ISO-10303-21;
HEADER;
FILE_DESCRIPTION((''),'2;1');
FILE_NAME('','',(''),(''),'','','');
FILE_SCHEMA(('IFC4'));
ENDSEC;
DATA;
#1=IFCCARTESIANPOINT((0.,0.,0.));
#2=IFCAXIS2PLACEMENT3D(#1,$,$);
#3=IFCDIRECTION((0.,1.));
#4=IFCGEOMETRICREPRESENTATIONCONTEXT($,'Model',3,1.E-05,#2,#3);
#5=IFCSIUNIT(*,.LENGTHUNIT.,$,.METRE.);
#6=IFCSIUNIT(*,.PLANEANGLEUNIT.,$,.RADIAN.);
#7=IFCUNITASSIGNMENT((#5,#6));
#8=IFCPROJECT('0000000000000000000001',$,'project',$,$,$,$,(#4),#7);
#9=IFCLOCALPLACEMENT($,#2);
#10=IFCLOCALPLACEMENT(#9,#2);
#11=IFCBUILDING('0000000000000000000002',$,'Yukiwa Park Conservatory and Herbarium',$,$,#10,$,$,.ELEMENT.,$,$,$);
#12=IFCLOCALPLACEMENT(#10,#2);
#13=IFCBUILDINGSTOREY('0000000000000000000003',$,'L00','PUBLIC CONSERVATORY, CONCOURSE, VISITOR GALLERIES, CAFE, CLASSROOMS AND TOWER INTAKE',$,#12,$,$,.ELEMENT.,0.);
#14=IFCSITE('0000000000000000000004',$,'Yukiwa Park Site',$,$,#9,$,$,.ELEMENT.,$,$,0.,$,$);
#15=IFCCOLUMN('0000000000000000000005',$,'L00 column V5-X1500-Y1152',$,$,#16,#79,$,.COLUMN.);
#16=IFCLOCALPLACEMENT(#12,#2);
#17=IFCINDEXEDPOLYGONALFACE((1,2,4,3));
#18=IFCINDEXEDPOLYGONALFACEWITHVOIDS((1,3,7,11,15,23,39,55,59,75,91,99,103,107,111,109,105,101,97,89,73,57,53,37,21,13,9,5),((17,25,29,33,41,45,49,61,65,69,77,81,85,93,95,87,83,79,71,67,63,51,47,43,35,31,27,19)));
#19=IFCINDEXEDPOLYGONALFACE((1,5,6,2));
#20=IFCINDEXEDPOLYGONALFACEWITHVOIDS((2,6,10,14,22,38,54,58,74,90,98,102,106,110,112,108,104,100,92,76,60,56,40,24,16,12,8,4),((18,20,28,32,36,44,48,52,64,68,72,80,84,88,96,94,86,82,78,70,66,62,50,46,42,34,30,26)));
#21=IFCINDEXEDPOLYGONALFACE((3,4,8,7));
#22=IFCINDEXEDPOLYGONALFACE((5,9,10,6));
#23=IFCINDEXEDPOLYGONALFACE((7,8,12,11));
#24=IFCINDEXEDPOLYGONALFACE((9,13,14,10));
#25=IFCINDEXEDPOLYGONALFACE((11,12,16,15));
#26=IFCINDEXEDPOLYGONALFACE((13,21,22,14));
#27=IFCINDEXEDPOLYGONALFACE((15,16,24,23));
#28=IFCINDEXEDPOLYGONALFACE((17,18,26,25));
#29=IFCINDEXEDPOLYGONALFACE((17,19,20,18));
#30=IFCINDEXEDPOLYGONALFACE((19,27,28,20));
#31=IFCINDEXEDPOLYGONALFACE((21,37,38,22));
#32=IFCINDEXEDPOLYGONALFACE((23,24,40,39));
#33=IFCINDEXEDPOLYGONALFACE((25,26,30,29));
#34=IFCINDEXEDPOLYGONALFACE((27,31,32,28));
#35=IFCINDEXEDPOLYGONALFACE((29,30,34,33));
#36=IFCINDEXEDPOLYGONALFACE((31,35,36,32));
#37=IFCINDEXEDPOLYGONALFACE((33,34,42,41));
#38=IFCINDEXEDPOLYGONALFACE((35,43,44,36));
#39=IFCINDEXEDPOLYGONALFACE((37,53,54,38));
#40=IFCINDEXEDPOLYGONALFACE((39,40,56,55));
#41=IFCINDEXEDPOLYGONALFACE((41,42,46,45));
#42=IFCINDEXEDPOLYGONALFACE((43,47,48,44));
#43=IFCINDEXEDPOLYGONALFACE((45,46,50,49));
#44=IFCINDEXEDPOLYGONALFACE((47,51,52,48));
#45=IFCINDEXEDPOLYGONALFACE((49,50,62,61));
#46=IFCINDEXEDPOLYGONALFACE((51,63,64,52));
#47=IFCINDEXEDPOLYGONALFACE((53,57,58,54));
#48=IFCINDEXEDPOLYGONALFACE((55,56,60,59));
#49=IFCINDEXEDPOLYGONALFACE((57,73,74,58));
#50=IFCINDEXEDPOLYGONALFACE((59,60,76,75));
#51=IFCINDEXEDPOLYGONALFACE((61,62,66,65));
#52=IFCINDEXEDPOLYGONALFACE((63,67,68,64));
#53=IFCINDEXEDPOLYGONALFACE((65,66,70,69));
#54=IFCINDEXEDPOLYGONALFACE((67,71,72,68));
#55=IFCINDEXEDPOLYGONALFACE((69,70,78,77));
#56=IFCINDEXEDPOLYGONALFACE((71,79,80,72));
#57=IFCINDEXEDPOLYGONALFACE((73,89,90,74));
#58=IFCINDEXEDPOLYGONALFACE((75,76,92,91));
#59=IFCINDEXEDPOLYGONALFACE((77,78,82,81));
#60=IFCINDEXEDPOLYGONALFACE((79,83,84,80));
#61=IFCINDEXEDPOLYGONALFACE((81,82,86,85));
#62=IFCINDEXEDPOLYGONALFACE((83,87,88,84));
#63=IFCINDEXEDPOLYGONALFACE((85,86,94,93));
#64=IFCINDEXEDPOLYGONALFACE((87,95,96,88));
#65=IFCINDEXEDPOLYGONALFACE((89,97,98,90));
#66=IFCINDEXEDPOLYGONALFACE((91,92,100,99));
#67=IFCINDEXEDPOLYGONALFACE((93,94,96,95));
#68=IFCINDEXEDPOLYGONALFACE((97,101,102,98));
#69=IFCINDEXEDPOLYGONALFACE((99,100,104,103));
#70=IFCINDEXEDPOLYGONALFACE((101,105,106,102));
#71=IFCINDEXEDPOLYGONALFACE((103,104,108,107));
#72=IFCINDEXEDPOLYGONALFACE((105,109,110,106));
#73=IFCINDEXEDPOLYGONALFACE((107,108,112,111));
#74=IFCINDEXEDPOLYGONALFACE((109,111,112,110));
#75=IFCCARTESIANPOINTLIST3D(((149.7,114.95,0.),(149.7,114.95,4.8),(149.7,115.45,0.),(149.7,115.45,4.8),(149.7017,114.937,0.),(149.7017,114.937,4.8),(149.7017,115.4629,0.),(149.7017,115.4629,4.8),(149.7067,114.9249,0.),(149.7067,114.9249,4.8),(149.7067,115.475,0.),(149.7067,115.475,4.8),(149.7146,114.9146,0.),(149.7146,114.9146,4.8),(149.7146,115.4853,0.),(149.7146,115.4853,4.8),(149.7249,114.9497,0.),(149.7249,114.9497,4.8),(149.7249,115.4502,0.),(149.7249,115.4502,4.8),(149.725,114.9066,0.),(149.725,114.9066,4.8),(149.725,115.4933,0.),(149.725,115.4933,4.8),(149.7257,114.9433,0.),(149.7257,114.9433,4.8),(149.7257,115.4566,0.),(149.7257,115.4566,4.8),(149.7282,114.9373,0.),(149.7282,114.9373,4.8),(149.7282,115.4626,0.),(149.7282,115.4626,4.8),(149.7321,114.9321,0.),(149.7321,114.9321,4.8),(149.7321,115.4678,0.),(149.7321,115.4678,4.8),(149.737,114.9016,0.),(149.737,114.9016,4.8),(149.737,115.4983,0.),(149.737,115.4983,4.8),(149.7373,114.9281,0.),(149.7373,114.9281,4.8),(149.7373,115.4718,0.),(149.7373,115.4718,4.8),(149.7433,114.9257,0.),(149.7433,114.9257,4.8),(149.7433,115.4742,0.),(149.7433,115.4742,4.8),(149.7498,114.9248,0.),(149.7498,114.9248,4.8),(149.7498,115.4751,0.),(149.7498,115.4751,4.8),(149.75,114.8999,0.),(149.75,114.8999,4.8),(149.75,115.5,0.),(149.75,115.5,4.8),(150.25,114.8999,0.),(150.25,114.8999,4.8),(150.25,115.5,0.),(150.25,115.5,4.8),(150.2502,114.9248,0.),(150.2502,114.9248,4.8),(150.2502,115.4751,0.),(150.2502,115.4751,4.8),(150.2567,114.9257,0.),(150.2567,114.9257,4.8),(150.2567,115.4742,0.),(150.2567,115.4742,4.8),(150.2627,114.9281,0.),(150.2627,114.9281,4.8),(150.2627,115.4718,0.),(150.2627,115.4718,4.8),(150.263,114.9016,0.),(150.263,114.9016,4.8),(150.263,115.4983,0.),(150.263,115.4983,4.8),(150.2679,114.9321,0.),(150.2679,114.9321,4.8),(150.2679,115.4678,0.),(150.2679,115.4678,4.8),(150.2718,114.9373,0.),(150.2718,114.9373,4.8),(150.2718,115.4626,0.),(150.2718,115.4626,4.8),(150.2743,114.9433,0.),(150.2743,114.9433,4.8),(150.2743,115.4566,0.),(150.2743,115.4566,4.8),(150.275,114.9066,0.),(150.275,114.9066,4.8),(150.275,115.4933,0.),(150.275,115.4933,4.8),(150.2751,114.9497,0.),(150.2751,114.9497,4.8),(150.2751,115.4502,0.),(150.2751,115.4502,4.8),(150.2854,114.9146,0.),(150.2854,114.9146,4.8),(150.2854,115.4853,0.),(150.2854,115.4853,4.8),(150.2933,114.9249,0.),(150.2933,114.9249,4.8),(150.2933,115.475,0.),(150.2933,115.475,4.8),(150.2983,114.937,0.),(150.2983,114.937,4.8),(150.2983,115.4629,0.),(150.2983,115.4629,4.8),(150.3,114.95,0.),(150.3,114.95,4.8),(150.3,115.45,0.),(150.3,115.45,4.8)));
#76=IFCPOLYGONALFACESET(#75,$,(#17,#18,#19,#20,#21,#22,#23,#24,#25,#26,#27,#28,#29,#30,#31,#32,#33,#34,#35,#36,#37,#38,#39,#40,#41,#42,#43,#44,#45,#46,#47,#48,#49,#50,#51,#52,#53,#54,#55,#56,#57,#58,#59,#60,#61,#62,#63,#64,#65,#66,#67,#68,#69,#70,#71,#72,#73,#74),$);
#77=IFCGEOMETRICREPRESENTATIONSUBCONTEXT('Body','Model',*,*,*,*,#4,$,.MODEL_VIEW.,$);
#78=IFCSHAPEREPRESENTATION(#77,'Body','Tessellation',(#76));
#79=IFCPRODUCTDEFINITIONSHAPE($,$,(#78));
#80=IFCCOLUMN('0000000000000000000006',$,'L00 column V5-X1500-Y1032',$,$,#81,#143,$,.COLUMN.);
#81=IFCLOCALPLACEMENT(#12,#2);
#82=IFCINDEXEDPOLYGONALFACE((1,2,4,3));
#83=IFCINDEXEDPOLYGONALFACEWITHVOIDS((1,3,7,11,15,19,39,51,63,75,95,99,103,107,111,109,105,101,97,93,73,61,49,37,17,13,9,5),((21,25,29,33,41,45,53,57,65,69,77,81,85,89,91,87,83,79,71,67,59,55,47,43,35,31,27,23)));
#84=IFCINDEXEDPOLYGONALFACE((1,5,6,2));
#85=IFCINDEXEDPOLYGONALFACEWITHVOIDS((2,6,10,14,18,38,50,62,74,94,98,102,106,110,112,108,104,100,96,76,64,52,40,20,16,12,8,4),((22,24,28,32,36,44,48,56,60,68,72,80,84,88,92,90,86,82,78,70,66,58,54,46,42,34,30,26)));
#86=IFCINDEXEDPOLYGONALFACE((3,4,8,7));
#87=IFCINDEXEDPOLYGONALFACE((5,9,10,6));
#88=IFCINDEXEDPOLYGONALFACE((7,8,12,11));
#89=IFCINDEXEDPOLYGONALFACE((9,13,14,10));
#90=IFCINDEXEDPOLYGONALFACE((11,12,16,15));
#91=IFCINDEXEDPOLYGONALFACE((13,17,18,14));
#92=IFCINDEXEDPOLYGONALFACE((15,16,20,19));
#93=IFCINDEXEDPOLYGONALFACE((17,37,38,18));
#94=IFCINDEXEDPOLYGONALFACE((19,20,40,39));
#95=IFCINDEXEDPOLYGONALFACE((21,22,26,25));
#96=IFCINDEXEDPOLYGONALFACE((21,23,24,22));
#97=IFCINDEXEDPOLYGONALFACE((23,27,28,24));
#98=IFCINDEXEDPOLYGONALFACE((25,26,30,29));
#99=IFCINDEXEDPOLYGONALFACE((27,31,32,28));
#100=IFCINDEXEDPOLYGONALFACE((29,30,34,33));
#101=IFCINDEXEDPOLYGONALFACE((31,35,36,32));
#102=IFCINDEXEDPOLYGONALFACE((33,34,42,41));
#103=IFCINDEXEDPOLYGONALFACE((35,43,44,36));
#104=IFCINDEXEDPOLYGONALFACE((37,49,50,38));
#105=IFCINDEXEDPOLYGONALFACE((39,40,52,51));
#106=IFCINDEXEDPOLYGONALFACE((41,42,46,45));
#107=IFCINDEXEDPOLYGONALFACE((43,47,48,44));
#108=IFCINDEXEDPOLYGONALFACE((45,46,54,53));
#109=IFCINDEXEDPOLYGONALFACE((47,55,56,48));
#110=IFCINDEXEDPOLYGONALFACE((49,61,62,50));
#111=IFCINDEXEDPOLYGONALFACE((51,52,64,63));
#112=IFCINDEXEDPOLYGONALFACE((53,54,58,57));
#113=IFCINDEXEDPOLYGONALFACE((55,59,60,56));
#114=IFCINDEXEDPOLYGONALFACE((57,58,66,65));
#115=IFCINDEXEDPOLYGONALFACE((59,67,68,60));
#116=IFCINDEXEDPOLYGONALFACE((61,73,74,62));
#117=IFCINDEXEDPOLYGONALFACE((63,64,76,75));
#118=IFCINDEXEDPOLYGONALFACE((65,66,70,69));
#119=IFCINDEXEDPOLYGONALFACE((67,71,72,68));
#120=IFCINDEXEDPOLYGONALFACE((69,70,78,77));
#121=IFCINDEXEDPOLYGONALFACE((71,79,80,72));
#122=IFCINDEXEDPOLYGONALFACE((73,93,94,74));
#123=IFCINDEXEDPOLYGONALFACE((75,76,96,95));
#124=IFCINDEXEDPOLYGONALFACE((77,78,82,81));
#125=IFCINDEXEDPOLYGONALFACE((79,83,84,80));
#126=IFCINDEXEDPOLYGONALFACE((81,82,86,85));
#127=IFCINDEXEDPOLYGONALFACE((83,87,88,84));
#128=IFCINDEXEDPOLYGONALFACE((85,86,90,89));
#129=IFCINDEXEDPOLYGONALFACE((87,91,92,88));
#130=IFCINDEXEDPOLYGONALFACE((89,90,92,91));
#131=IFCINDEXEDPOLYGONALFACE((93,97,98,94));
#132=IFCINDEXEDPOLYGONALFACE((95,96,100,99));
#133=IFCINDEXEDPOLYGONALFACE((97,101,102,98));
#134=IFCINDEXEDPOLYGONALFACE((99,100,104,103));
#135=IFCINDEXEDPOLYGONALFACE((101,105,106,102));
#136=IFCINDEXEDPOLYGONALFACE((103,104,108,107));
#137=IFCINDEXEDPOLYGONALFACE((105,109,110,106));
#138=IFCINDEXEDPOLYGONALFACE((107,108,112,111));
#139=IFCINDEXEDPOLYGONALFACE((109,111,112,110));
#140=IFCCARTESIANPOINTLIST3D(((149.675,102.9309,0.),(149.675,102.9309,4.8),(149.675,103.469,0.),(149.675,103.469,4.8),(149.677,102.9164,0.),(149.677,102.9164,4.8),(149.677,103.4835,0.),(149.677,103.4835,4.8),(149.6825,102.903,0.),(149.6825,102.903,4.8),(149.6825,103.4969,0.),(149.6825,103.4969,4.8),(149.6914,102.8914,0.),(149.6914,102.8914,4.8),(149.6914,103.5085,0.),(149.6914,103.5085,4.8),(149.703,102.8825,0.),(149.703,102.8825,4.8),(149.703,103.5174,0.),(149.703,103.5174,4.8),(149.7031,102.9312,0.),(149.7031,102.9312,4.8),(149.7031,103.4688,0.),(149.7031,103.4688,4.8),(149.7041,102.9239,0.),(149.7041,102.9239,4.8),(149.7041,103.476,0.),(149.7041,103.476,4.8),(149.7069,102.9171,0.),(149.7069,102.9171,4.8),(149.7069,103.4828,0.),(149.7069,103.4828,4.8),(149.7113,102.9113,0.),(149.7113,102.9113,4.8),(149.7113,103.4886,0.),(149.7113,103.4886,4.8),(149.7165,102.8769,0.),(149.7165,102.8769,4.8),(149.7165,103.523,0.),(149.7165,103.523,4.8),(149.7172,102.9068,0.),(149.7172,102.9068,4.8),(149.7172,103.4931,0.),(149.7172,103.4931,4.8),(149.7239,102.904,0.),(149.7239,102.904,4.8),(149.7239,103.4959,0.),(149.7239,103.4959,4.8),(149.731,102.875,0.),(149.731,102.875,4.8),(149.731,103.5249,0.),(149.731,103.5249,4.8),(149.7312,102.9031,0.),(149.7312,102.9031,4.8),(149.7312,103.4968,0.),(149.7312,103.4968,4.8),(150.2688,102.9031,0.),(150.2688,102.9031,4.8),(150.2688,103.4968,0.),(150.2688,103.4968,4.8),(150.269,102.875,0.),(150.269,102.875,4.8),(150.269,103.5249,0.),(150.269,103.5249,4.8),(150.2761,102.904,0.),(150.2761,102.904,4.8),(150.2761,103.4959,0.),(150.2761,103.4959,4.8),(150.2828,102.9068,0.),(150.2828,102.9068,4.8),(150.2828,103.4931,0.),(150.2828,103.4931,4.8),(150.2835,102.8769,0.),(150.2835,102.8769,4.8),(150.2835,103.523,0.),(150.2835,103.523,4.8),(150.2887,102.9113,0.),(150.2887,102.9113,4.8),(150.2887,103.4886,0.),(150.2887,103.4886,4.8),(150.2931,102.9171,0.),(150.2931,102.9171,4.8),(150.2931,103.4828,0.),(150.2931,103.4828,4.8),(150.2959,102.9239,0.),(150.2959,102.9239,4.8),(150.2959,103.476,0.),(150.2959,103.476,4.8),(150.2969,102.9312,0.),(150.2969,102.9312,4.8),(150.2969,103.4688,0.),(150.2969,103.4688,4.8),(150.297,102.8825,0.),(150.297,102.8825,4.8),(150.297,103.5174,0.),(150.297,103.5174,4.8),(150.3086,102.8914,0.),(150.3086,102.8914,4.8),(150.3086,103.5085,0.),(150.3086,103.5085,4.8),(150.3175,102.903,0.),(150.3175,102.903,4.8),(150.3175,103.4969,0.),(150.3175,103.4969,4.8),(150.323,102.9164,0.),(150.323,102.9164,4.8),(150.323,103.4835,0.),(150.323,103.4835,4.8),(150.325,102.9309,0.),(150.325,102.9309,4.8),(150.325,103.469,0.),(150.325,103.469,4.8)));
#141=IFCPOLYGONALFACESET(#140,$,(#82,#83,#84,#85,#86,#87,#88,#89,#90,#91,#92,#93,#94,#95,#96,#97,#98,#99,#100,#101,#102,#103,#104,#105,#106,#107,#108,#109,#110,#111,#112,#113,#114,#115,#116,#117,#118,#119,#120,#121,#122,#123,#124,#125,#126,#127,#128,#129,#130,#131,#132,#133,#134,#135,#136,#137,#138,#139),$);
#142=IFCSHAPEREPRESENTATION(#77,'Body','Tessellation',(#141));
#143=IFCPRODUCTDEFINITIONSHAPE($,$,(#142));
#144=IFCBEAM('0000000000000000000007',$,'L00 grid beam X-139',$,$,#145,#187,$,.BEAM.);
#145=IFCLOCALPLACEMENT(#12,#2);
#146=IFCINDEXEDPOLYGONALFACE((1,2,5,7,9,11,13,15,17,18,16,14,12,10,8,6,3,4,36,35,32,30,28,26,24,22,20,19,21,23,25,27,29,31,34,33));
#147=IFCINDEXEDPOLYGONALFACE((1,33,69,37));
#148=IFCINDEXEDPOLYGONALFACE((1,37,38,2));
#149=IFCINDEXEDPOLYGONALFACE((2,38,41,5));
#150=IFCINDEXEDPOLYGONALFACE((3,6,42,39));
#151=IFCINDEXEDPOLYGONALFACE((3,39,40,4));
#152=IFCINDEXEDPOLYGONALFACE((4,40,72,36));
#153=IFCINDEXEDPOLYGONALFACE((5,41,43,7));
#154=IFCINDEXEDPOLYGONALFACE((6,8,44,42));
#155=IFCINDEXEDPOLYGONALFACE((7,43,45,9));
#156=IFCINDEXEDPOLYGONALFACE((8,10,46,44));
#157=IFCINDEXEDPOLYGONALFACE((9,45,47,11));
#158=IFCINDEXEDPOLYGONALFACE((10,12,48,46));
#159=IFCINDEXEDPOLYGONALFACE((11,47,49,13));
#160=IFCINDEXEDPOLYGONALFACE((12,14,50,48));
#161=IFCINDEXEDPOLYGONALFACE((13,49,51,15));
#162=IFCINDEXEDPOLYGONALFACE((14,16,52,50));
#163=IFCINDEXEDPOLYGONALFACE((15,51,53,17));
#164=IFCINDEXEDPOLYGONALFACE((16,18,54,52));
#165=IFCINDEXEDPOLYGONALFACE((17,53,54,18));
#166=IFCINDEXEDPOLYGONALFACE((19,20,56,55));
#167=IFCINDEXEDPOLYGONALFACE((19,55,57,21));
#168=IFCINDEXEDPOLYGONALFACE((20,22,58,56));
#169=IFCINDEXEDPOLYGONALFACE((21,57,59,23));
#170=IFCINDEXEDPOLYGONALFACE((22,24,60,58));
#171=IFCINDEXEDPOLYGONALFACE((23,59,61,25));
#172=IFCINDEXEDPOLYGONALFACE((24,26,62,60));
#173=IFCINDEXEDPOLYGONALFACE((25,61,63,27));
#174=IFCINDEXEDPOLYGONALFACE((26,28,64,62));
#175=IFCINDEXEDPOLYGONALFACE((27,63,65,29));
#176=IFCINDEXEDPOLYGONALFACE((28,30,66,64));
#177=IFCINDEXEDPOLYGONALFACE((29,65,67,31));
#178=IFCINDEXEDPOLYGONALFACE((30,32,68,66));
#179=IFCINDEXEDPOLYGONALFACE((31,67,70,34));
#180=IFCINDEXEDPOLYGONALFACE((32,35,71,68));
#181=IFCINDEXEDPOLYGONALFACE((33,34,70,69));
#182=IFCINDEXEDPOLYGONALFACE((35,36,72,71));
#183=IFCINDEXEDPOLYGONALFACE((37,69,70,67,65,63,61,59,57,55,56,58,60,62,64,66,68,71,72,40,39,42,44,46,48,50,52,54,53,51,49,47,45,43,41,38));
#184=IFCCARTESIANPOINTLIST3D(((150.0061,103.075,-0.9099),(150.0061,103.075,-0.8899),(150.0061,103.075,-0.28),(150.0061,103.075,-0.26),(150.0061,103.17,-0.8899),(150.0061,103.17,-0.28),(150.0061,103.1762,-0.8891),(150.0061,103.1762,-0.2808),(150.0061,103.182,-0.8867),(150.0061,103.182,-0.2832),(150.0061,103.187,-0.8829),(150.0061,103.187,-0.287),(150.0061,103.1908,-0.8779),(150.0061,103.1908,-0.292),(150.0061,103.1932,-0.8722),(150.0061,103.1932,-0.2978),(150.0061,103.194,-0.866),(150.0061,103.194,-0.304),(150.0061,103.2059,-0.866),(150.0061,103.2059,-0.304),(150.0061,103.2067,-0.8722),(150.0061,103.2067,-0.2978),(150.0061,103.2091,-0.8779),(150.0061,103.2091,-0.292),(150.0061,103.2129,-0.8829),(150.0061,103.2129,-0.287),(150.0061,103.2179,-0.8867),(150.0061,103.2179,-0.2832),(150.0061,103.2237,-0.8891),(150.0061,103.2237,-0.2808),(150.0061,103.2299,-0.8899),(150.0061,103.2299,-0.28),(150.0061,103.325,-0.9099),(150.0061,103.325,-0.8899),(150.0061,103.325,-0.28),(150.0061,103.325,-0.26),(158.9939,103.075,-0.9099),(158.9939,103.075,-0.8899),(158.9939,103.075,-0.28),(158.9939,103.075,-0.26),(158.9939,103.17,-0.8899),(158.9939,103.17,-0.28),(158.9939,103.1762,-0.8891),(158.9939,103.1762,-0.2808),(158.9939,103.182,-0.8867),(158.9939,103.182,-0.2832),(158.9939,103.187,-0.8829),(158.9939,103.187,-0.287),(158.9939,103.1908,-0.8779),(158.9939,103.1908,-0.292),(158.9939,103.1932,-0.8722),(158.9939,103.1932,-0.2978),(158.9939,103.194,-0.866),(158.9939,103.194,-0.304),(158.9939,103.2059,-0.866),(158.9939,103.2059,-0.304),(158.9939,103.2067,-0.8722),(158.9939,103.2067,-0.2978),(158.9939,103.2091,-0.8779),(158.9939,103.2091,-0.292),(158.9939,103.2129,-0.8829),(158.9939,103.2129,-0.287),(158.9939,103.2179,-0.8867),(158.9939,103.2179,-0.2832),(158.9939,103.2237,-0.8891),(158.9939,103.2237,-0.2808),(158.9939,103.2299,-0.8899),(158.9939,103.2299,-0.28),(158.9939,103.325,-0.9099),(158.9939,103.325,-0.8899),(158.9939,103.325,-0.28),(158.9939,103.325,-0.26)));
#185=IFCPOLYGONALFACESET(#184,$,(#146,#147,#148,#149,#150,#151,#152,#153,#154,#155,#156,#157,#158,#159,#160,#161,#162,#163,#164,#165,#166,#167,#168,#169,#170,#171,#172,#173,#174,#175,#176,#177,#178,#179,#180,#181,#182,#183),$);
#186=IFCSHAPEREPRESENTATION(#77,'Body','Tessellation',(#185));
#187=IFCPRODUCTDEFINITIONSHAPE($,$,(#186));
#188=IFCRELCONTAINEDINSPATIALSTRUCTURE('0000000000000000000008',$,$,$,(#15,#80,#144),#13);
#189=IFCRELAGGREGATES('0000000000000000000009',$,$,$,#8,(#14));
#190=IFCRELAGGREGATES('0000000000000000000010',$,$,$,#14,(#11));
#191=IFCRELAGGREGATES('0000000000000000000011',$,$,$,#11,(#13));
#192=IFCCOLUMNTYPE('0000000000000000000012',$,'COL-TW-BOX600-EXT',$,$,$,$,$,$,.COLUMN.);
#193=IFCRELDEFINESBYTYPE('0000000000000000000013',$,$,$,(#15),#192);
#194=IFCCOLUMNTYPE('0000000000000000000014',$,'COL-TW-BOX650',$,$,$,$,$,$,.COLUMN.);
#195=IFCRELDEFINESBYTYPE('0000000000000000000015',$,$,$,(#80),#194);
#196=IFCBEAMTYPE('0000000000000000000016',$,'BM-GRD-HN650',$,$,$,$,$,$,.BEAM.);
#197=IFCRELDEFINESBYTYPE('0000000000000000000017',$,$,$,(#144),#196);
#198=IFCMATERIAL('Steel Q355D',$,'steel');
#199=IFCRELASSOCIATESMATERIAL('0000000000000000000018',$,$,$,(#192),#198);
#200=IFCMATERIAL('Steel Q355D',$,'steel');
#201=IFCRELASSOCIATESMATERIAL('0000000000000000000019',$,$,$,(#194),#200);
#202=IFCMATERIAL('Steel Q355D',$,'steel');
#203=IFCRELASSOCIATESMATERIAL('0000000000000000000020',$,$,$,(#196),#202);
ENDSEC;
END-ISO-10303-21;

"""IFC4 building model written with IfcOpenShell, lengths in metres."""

from ifc_helpers import new_model, si_unit, direction, frame, origin, origin_2d, place, context, subcontext, project, spatial, hollow_rectangle, i_section, extrude, material, material_profile, profile_set, type_object, element, save


model = new_model("IFC4")

# Units and contexts
model_context = context("Model", 3, precision=1e-05, world=origin(), true_north=direction((0.0, 1.0)))
body_context = subcontext(model_context, "Body", "Model", "MODEL_VIEW")
ifc_project = project(units=[si_unit("LENGTHUNIT", "METRE"), si_unit("PLANEANGLEUNIT", "RADIAN")], contexts=[model_context])

# Site, building, storey
site_placement = place(None, origin())
site = spatial("IfcSite", under=ifc_project, at=site_placement, Name="Yukiwa Park Site", CompositionType="ELEMENT", RefElevation=0.0)
building_placement = place(site_placement, origin())
building = spatial("IfcBuilding", under=site, at=building_placement, Name="Yukiwa Park Conservatory and Herbarium", CompositionType="ELEMENT")
storey_placement = place(building_placement, origin())
storey = spatial("IfcBuildingStorey", under=building, at=storey_placement, Name="L00", Description="PUBLIC CONSERVATORY, CONCOURSE, VISITOR GALLERIES, CAFE, CLASSROOMS AND TOWER INTAKE", CompositionType="ELEMENT", Elevation=0.0)

# Columns
ifc_material_1 = material(Name="Steel Q355D", Category="steel")
ifc_material_profile_1 = material_profile(ifc_material_1, hollow_rectangle(XDim=0.6001, YDim=0.6001, WallThickness=0.0249, InnerFilletRadius=0.0249, OuterFilletRadius=0.05, at=origin_2d()), Name="BOX 600x600x25")
ifc_profile_set_1 = profile_set([ifc_material_profile_1], Name="Steel Q355D")
column_type_1 = type_object("IfcColumnType", Name="COL-TW-BOX600-EXT", PredefinedType="COLUMN", material=ifc_profile_set_1)
column_1_placement = place(storey_placement, frame((150.0, 115.2, 0.0), z_axis=(0.0, 0.0, 1.0), x_axis=(1.0, 0.0, 0.0)))
element("IfcColumn", 1, at=column_1_placement, inside=storey, type_object=column_type_1, Name="L00 column V5-X1500-Y1152", PredefinedType="COLUMN", context=body_context, shape_type="SweptSolid", body=[
    extrude(hollow_rectangle(XDim=0.6001, YDim=0.6001, WallThickness=0.0249, InnerFilletRadius=0.0249, OuterFilletRadius=0.05, at=origin_2d()), origin(), (0.0, 0.0, 1.0), 4.8),
])
ifc_material_2 = material(Name="Steel Q355D", Category="steel")
ifc_material_profile_2 = material_profile(ifc_material_2, hollow_rectangle(XDim=0.6499, YDim=0.6499, WallThickness=0.0281, InnerFilletRadius=0.0281, OuterFilletRadius=0.0559, at=origin_2d()), Name="BOX 650x650x28")
ifc_profile_set_2 = profile_set([ifc_material_profile_2], Name="Steel Q355D")
column_type_2 = type_object("IfcColumnType", Name="COL-TW-BOX650", PredefinedType="COLUMN", material=ifc_profile_set_2)
column_2_placement = place(storey_placement, frame((150.0, 103.2, 0.0), z_axis=(0.0, 0.0, 1.0), x_axis=(1.0, 0.0, 0.0)))
element("IfcColumn", 2, at=column_2_placement, inside=storey, type_object=column_type_2, Name="L00 column V5-X1500-Y1032", PredefinedType="COLUMN", context=body_context, shape_type="SweptSolid", body=[
    extrude(hollow_rectangle(XDim=0.6499, YDim=0.6499, WallThickness=0.0281, InnerFilletRadius=0.0281, OuterFilletRadius=0.0559, at=origin_2d()), origin(), (0.0, 0.0, 1.0), 4.8),
])

# Beam
ifc_material_3 = material(Name="Steel Q355D", Category="steel")
ifc_material_profile_3 = material_profile(ifc_material_3, i_section(OverallWidth=0.25, OverallDepth=0.6499, WebThickness=0.012, FlangeThickness=0.02, FilletRadius=0.0239, at=origin_2d()), Name="HN 650x250x12x20")
ifc_profile_set_3 = profile_set([ifc_material_profile_3], Name="Steel Q355D")
beam_type_1 = type_object("IfcBeamType", Name="BM-GRD-HN650", PredefinedType="BEAM", material=ifc_profile_set_3)
for number, where, z_axis, x_axis, name in (
    (3, (150.0061, 103.2, -0.585), (1.0, 0.0, 0.0), (0.0, 1.0, 0.0), "L00 grid beam X-139"),
):
    element("IfcBeam", number, at=place(storey_placement, frame(where, z_axis=z_axis, x_axis=x_axis)), inside=storey, type_object=beam_type_1, Name=name, PredefinedType="BEAM", context=body_context, shape_type="SweptSolid", body=[
        extrude(i_section(OverallWidth=0.25, OverallDepth=0.6499, WebThickness=0.012, FlangeThickness=0.02, FilletRadius=0.0239, at=origin_2d()), origin(), (0.0, 0.0, 1.0), 8.9878),
    ])

save(model, "model.ifc")
